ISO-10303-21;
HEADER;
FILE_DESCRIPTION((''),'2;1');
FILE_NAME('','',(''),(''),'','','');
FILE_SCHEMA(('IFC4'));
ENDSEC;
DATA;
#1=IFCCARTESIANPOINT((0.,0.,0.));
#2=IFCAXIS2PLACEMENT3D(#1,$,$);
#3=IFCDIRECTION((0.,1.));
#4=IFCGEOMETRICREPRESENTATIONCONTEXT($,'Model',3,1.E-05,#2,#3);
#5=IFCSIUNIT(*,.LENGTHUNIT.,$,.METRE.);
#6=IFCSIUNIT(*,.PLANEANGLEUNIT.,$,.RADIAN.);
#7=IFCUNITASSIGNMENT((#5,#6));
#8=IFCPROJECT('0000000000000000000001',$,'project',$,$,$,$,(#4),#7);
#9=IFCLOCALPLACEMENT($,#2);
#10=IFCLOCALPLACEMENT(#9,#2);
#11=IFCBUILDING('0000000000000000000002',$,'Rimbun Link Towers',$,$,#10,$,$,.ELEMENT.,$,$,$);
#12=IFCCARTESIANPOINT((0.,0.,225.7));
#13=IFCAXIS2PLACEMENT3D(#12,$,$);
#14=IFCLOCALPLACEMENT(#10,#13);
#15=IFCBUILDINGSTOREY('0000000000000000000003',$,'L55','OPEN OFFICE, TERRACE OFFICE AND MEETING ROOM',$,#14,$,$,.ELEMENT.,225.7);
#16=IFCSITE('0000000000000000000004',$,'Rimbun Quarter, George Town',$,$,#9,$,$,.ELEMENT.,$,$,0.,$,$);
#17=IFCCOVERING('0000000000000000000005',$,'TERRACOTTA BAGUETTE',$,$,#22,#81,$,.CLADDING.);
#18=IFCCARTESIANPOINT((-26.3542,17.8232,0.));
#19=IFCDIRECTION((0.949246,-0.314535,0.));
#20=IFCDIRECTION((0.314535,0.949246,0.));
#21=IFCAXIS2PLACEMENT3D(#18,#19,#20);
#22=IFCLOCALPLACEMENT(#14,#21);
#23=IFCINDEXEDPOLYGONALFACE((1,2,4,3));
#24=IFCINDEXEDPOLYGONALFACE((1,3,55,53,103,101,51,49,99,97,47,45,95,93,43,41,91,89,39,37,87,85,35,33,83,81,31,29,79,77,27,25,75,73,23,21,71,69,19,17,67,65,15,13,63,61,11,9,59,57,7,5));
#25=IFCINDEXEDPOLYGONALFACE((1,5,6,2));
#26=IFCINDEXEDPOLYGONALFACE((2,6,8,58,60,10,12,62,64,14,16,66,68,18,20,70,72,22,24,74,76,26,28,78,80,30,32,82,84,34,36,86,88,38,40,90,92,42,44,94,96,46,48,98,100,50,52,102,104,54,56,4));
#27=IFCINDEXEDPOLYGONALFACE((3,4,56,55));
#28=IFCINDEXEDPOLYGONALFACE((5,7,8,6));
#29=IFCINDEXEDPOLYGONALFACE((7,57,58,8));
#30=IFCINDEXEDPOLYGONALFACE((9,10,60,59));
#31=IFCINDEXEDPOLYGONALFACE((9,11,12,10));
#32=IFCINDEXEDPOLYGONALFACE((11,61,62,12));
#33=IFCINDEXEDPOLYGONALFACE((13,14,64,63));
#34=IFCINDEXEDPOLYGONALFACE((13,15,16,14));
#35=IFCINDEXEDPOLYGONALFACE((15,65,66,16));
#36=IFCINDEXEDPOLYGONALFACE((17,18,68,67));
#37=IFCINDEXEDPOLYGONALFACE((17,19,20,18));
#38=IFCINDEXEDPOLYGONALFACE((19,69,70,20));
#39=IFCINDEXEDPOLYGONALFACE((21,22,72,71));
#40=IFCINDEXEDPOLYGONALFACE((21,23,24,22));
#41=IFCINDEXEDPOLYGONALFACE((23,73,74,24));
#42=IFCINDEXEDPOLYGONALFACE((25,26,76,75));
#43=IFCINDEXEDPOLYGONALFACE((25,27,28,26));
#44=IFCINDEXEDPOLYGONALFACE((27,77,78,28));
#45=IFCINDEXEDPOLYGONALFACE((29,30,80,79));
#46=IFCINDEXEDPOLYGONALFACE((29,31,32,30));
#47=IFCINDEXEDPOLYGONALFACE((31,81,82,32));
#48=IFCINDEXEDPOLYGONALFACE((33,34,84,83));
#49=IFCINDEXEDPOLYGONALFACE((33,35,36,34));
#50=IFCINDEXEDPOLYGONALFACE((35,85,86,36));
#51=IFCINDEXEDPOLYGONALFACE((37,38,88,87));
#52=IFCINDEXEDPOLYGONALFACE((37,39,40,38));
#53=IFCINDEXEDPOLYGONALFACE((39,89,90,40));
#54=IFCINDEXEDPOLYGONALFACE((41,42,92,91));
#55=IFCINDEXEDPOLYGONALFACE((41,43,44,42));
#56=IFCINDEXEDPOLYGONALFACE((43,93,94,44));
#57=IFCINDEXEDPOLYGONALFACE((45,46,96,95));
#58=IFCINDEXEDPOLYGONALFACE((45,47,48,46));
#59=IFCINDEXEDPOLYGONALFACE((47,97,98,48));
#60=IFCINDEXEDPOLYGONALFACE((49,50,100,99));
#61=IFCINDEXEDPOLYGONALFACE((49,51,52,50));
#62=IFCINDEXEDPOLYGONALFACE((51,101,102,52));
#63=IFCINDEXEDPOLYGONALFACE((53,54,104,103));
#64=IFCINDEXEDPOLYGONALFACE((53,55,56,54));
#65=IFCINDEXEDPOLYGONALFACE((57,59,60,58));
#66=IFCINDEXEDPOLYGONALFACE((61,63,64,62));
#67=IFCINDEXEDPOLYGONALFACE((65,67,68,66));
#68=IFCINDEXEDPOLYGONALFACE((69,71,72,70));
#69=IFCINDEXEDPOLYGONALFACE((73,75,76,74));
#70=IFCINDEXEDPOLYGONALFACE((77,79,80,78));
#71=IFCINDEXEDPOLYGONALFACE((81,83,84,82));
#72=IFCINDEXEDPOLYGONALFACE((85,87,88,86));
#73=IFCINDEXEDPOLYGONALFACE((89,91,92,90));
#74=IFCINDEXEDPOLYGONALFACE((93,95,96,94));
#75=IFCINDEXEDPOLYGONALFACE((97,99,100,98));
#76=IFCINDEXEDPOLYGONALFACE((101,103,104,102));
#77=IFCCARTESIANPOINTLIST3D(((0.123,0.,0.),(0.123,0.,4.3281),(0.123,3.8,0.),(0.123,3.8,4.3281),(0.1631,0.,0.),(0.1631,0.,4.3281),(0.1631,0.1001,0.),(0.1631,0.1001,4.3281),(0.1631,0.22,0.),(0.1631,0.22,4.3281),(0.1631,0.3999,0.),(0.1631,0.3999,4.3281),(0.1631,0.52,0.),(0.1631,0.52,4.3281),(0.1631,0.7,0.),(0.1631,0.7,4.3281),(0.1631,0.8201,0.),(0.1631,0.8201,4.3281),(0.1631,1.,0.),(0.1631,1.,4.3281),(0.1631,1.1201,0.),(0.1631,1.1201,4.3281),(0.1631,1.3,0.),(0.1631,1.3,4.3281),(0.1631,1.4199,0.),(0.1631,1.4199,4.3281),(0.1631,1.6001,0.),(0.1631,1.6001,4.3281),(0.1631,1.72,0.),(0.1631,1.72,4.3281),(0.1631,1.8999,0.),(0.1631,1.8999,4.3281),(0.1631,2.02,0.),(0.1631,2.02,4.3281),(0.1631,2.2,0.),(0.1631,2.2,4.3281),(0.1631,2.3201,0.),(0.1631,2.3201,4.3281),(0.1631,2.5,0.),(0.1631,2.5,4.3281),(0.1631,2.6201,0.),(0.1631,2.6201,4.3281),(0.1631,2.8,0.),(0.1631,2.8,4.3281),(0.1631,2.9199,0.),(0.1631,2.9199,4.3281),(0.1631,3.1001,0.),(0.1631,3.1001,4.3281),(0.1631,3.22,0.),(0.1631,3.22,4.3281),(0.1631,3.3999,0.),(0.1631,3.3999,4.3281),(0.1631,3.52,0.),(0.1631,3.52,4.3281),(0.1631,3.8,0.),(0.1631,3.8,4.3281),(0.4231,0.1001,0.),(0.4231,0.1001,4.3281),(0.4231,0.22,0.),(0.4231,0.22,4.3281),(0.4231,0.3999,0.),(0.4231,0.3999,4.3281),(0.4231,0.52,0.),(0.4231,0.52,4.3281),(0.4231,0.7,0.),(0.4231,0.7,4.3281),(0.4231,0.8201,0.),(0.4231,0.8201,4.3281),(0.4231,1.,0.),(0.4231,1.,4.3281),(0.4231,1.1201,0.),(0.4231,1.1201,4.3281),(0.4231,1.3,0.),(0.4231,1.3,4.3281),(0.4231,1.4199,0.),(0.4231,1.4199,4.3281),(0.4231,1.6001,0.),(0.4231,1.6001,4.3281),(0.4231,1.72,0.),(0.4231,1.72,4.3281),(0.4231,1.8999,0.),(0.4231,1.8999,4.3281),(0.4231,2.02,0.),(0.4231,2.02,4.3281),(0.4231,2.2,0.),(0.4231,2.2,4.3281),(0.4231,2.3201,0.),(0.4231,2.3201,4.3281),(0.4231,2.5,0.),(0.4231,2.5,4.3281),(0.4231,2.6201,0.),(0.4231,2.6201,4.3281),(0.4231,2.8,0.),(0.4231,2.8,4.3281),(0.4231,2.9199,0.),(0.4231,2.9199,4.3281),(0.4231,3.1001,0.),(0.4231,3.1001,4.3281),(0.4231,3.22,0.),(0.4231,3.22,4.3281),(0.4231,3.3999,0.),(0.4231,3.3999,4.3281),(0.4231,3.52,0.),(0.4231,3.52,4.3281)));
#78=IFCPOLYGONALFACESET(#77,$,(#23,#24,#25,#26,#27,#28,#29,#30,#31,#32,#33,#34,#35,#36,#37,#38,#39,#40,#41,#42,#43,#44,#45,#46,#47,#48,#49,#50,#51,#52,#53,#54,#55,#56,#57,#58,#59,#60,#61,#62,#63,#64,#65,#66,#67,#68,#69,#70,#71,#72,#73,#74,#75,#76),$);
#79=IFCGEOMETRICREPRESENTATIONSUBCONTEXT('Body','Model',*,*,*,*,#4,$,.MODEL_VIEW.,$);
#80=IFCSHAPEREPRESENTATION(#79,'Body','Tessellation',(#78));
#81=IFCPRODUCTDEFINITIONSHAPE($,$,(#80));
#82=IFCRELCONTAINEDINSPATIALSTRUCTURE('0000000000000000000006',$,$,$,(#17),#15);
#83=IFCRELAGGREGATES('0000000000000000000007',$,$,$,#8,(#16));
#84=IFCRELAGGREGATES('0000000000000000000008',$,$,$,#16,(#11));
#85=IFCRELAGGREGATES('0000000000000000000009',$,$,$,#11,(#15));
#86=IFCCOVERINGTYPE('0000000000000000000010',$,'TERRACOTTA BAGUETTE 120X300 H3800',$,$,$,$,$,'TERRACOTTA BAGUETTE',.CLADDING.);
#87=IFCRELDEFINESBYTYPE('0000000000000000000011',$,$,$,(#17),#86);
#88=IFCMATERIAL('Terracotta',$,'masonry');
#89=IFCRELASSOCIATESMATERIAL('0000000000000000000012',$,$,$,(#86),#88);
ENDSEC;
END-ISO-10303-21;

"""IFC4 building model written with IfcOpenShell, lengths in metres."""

from ifc_helpers import new_model, si_unit, direction, frame, origin, place, context, subcontext, project, spatial, polyline, outline, extrude, material, material_profile, profile_set, type_object, element, save


model = new_model("IFC4")

# Units and contexts
model_context = context("Model", 3, precision=1e-05, world=origin(), true_north=direction((0.0, 1.0)))
body_context = subcontext(model_context, "Body", "Model", "MODEL_VIEW")
ifc_project = project(units=[si_unit("LENGTHUNIT", "METRE"), si_unit("PLANEANGLEUNIT", "RADIAN")], contexts=[model_context])

# Site, building, storey
site_placement = place(None, origin())
site = spatial("IfcSite", under=ifc_project, at=site_placement, Name="Rimbun Quarter, George Town", CompositionType="ELEMENT", RefElevation=0.0)
building_placement = place(site_placement, origin())
building = spatial("IfcBuilding", under=site, at=building_placement, Name="Rimbun Link Towers", CompositionType="ELEMENT")
storey_placement = place(building_placement, frame((0.0, 0.0, 225.7)))
storey = spatial("IfcBuildingStorey", under=building, at=storey_placement, Name="L55", Description="OPEN OFFICE, TERRACE OFFICE AND MEETING ROOM", CompositionType="ELEMENT", Elevation=225.7)

# Covering
ifc_material_1 = material(Name="Terracotta", Category="masonry")
ifc_material_profile_1 = material_profile(ifc_material_1, outline(polyline([(0.123, 0.0), (0.1631, 0.0), (0.1631, 0.1001), (0.4231, 0.1001), (0.4231, 0.22), (0.1631, 0.22), (0.1631, 0.3999), (0.4231, 0.3999), (0.4231, 0.52), (0.1631, 0.52), (0.1631, 0.7), (0.4231, 0.7), (0.4231, 0.8201), (0.1631, 0.8201), (0.1631, 1.0), (0.4231, 1.0), (0.4231, 1.1201), (0.1631, 1.1201), (0.1631, 1.3), (0.4231, 1.3), (0.4231, 1.4199), (0.1631, 1.4199), (0.1631, 1.6001), (0.4231, 1.6001), (0.4231, 1.72), (0.1631, 1.72), (0.1631, 1.8999), (0.4231, 1.8999), (0.4231, 2.02), (0.1631, 2.02), (0.1631, 2.2), (0.4231, 2.2), (0.4231, 2.3201), (0.1631, 2.3201), (0.1631, 2.5), (0.4231, 2.5), (0.4231, 2.6201), (0.1631, 2.6201), (0.1631, 2.8), (0.4231, 2.8), (0.4231, 2.9199), (0.1631, 2.9199), (0.1631, 3.1001), (0.4231, 3.1001), (0.4231, 3.22), (0.1631, 3.22), (0.1631, 3.3999), (0.4231, 3.3999), (0.4231, 3.52), (0.1631, 3.52), (0.1631, 3.8), (0.123, 3.8), (0.123, 0.0)])), Name="BAGUETTE 120X300")
ifc_profile_set_1 = profile_set([ifc_material_profile_1], Name="Terracotta")
covering_type = type_object("IfcCoveringType", Name="TERRACOTTA BAGUETTE 120X300 H3800", ElementType="TERRACOTTA BAGUETTE", PredefinedType="CLADDING", material=ifc_profile_set_1)
covering_1_placement = place(storey_placement, frame((-26.3542, 17.8232, 0.0), z_axis=(0.949246, -0.314535, 0.0), x_axis=(0.314535, 0.949246, 0.0)))
element("IfcCovering", 1, at=covering_1_placement, inside=storey, type_object=covering_type, Name="TERRACOTTA BAGUETTE", PredefinedType="CLADDING", context=body_context, shape_type="SweptSolid", body=[
    extrude(outline(polyline([(0.123, 0.0), (0.1631, 0.0), (0.1631, 0.1001), (0.4231, 0.1001), (0.4231, 0.22), (0.1631, 0.22), (0.1631, 0.3999), (0.4231, 0.3999), (0.4231, 0.52), (0.1631, 0.52), (0.1631, 0.7), (0.4231, 0.7), (0.4231, 0.8201), (0.1631, 0.8201), (0.1631, 1.0), (0.4231, 1.0), (0.4231, 1.1201), (0.1631, 1.1201), (0.1631, 1.3), (0.4231, 1.3), (0.4231, 1.4199), (0.1631, 1.4199), (0.1631, 1.6001), (0.4231, 1.6001), (0.4231, 1.72), (0.1631, 1.72), (0.1631, 1.8999), (0.4231, 1.8999), (0.4231, 2.02), (0.1631, 2.02), (0.1631, 2.2), (0.4231, 2.2), (0.4231, 2.3201), (0.1631, 2.3201), (0.1631, 2.5), (0.4231, 2.5), (0.4231, 2.6201), (0.1631, 2.6201), (0.1631, 2.8), (0.4231, 2.8), (0.4231, 2.9199), (0.1631, 2.9199), (0.1631, 3.1001), (0.4231, 3.1001), (0.4231, 3.22), (0.1631, 3.22), (0.1631, 3.3999), (0.4231, 3.3999), (0.4231, 3.52), (0.1631, 3.52), (0.1631, 3.8), (0.123, 3.8), (0.123, 0.0)])), origin(), (0.0, 0.0, 1.0), 4.3281),
])

save(model, "model.ifc")
